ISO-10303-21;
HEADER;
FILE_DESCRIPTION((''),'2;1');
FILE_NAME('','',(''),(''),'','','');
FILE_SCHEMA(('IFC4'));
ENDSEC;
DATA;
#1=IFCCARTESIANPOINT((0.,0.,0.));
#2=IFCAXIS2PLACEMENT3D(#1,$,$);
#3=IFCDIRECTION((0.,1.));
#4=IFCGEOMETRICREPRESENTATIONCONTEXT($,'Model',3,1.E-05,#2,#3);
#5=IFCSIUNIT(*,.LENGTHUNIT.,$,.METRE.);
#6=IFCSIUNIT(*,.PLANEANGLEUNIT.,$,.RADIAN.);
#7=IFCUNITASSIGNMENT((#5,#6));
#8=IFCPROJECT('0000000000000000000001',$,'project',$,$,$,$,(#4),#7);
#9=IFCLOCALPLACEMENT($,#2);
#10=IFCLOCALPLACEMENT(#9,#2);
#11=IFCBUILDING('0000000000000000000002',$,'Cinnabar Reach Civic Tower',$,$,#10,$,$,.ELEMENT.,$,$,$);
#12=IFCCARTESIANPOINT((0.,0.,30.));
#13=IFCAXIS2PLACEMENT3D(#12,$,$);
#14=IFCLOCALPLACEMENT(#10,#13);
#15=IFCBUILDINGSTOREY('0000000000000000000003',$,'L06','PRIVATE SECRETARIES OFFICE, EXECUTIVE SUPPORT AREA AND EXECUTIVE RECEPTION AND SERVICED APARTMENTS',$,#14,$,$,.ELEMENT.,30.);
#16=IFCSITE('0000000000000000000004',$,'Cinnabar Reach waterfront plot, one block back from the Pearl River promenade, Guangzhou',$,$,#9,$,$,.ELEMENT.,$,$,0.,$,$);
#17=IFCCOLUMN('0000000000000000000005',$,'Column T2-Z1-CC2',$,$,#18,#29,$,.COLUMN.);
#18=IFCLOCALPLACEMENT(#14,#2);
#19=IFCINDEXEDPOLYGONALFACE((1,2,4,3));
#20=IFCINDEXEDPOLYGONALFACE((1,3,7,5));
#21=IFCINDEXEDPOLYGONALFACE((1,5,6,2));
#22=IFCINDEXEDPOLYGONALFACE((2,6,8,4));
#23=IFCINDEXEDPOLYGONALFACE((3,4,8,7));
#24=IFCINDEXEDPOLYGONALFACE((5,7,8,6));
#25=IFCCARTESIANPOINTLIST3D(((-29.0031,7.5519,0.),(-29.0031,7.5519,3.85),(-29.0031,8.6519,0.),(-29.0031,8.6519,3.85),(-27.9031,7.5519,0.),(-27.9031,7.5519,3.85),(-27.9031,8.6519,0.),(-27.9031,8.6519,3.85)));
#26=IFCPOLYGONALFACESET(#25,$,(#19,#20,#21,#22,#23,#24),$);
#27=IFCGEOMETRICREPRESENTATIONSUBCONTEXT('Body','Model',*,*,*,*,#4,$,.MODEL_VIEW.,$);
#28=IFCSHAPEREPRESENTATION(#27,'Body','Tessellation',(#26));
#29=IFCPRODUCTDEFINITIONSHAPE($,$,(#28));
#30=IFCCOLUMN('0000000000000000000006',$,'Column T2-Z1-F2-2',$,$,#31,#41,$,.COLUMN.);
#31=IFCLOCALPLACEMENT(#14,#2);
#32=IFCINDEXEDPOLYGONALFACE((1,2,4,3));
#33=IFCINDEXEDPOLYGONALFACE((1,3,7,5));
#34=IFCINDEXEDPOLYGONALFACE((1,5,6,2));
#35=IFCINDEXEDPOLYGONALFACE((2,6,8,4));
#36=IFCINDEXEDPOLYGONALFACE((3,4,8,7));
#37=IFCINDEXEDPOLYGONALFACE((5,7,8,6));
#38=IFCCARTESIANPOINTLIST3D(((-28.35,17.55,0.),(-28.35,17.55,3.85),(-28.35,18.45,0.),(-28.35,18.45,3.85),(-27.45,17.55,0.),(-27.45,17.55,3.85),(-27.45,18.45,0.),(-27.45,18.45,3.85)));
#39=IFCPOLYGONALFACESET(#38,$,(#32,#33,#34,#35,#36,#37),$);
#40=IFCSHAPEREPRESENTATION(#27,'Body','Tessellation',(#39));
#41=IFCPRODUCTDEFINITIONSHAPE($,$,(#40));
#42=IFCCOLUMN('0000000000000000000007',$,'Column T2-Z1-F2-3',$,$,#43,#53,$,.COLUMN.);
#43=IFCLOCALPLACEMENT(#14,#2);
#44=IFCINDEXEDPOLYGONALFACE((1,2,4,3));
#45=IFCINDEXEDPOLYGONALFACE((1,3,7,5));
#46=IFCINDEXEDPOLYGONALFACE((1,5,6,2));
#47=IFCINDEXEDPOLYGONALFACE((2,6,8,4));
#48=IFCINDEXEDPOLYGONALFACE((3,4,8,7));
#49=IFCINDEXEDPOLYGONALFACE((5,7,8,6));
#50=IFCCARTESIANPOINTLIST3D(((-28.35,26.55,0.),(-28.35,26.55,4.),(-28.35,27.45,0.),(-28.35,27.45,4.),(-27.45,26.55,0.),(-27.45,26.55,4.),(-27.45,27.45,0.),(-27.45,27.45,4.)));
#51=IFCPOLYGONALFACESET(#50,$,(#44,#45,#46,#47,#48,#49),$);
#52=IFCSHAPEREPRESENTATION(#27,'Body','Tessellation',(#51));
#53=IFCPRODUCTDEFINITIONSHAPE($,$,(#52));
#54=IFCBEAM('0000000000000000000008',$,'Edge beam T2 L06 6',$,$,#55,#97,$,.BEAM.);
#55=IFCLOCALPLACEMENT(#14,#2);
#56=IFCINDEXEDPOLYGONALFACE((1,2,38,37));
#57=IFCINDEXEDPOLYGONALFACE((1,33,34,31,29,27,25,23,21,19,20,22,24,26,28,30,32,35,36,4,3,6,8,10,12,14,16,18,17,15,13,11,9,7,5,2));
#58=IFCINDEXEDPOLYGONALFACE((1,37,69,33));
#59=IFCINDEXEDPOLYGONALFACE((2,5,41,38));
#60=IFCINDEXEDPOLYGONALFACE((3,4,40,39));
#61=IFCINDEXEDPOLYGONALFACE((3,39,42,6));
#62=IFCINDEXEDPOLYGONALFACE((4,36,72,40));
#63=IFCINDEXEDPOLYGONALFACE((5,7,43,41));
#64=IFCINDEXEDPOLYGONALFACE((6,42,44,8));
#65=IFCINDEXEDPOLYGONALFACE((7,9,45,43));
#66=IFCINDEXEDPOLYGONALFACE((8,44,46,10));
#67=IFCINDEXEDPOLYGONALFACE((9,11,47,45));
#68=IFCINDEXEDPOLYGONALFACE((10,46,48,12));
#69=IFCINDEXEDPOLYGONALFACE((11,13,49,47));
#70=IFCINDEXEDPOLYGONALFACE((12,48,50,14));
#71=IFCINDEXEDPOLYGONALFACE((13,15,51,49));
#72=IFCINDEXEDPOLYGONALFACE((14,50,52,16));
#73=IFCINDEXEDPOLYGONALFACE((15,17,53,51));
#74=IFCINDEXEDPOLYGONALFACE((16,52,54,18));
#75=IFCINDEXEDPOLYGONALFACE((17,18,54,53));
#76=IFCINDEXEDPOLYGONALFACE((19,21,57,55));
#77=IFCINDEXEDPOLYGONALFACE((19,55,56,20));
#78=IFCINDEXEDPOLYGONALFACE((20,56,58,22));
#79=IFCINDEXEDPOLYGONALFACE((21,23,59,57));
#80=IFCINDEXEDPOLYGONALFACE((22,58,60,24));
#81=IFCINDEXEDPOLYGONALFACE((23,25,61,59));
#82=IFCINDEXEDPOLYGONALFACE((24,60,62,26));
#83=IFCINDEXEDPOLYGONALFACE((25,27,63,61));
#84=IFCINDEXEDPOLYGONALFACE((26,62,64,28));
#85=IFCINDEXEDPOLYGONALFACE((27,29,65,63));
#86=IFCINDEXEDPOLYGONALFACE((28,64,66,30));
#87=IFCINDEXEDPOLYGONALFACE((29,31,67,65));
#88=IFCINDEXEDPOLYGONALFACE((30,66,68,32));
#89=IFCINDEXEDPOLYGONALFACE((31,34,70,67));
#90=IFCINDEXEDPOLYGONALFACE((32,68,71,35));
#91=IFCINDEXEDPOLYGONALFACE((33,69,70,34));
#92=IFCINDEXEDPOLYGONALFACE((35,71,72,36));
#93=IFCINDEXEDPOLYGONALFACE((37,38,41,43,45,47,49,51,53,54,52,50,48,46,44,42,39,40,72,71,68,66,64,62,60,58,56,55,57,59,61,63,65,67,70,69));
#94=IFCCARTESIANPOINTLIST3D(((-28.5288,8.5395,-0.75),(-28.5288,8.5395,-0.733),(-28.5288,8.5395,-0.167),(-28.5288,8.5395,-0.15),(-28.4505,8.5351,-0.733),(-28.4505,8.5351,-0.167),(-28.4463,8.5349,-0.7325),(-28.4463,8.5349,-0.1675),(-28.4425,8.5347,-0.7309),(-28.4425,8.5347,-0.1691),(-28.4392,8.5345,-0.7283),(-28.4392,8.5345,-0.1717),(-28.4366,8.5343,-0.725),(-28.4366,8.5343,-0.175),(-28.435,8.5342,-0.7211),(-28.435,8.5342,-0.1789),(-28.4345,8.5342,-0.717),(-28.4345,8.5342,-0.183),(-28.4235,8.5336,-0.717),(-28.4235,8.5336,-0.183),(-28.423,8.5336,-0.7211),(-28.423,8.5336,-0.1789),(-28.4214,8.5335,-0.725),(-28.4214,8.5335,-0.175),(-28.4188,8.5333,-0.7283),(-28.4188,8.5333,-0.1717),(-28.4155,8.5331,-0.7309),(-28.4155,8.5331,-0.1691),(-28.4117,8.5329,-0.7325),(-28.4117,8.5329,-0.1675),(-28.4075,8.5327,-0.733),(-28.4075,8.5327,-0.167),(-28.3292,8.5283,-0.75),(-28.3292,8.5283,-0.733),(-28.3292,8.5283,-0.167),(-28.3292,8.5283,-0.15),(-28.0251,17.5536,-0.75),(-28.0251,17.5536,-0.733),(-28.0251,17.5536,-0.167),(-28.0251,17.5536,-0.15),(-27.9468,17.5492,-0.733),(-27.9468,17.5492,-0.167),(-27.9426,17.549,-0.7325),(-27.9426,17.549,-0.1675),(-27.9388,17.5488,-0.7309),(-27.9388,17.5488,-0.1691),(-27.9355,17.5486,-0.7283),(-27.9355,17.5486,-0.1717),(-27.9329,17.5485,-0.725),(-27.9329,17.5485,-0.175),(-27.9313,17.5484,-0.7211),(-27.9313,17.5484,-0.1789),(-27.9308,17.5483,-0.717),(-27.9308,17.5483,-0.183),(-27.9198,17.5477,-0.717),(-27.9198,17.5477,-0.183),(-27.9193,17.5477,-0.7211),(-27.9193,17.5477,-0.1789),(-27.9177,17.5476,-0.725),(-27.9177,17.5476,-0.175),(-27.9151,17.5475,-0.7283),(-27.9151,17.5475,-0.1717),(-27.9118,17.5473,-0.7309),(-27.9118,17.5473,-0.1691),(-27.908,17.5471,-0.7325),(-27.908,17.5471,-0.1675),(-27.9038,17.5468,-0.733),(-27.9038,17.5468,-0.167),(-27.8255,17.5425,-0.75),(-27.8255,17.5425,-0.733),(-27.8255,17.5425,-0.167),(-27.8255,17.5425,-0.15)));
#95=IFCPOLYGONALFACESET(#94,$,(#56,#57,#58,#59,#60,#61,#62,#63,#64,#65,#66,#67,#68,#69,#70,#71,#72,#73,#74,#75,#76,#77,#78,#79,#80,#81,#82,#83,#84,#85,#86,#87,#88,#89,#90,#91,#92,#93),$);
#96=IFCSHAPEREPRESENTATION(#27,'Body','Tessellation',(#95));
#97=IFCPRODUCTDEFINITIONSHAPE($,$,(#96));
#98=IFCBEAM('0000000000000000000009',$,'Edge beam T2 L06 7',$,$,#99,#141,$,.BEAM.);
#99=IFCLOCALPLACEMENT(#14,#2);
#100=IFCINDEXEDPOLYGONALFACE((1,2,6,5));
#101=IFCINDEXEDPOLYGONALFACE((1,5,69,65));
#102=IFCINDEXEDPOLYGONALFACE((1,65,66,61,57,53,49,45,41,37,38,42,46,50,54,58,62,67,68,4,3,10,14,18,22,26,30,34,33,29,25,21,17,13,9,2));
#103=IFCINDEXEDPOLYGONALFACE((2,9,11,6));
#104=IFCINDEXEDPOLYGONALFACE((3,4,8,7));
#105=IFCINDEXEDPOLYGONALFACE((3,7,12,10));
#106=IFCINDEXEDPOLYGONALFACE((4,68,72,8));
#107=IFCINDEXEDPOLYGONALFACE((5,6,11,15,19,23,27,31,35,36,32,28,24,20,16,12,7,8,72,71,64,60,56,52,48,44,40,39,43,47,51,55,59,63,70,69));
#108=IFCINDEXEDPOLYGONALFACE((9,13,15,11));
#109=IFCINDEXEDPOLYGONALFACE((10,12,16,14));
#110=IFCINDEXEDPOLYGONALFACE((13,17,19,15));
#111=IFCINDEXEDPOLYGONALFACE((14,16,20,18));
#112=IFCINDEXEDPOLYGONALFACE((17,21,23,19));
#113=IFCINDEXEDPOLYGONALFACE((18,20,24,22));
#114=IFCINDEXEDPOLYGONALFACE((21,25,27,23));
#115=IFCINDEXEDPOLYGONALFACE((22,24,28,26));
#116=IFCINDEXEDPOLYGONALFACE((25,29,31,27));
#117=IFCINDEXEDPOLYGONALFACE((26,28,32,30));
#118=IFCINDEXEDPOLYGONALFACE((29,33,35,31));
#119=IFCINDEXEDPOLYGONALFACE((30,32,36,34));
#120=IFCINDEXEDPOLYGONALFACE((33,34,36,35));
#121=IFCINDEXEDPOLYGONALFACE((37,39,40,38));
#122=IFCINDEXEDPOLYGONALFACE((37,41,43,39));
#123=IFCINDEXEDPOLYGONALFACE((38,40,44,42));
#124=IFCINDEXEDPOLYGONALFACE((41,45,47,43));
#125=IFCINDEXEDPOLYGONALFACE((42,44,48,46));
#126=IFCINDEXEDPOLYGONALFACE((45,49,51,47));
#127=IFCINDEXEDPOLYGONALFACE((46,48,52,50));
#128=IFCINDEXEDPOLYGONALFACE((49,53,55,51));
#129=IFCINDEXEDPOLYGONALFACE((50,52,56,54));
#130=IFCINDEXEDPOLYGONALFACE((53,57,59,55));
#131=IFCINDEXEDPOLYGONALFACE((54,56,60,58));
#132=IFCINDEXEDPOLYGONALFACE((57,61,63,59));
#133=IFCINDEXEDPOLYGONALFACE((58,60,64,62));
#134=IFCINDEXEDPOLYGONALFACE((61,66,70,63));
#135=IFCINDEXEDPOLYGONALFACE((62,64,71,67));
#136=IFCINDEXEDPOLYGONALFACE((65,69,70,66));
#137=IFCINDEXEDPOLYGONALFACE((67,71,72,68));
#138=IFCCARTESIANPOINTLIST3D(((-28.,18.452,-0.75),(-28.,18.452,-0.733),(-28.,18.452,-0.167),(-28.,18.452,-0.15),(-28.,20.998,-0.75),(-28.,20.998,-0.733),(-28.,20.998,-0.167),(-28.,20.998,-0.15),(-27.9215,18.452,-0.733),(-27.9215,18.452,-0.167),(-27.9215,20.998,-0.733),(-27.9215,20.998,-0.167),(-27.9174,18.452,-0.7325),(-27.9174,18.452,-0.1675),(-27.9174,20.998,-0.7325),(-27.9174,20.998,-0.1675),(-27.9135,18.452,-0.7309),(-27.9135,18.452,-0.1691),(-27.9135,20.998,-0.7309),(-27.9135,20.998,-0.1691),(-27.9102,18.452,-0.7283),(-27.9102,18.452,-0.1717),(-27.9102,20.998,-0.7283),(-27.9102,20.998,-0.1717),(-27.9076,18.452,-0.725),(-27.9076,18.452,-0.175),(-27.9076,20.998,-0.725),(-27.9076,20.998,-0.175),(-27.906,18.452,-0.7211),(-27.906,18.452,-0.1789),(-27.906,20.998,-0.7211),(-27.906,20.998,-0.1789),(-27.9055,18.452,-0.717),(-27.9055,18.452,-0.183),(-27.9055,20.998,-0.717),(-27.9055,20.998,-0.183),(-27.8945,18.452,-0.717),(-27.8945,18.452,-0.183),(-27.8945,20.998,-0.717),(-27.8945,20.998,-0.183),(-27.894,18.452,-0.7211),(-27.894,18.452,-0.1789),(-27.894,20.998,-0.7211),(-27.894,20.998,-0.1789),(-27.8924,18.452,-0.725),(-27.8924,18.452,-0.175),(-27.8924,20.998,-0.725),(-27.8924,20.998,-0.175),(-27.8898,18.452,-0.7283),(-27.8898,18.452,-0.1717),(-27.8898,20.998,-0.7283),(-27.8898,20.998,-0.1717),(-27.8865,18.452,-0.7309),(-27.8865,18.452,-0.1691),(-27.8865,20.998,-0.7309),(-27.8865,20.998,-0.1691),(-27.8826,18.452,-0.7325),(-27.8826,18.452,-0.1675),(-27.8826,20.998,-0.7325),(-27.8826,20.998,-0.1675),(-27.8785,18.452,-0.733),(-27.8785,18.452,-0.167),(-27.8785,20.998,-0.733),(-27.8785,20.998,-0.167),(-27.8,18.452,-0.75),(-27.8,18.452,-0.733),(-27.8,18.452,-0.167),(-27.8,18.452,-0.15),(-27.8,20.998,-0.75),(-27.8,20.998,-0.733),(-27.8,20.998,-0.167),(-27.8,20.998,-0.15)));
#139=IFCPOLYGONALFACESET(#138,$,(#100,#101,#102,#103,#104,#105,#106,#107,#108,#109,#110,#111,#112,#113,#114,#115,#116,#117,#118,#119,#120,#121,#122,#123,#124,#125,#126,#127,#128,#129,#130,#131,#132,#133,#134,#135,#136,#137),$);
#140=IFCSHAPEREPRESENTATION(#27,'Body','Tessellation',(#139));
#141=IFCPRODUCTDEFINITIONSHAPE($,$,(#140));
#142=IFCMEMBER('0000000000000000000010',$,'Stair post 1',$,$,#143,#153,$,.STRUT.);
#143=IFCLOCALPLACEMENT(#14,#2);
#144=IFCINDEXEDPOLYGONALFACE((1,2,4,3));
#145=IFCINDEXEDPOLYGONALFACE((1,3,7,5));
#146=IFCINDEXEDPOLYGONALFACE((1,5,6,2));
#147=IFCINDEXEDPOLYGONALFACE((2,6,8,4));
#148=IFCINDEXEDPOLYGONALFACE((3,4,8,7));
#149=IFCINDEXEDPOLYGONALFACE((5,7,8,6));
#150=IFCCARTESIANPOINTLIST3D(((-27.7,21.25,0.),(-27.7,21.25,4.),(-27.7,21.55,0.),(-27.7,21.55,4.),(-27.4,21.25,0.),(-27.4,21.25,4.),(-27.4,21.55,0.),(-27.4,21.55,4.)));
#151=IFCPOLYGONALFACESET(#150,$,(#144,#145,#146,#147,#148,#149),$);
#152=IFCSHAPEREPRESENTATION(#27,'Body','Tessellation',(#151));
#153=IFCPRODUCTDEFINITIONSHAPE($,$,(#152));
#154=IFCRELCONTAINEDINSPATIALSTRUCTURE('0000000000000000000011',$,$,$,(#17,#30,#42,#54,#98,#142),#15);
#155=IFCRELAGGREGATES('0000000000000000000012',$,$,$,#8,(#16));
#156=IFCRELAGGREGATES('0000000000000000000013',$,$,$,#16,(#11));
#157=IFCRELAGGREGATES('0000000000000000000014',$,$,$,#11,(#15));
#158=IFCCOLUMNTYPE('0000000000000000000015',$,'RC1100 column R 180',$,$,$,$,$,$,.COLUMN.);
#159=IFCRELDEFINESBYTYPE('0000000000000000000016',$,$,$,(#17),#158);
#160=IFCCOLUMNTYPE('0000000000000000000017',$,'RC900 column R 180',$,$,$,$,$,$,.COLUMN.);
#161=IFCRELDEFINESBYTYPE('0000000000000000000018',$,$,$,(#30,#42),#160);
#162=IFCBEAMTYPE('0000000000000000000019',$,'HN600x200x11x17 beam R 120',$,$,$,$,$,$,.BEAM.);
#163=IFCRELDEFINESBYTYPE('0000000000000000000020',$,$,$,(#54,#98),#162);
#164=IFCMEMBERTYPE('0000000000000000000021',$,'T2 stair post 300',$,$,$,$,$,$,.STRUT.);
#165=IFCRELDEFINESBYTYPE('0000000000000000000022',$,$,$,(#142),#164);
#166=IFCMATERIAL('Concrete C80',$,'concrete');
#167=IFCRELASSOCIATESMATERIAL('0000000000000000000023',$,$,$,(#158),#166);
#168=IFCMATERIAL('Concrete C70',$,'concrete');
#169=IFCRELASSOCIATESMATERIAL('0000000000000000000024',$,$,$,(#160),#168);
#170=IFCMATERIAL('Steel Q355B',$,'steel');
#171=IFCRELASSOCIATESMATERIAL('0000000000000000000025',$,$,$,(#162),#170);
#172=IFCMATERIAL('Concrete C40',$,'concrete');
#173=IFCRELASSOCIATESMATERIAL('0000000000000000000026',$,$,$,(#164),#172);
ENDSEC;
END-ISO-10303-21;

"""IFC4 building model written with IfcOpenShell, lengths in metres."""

from ifc_helpers import new_model, si_unit, direction, frame, origin, origin_2d, place, context, subcontext, project, spatial, rectangle, i_section, extrude, material, material_profile, profile_set, type_object, element, save


model = new_model("IFC4")

# Units and contexts
model_context = context("Model", 3, precision=1e-05, world=origin(), true_north=direction((0.0, 1.0)))
body_context = subcontext(model_context, "Body", "Model", "MODEL_VIEW")
ifc_project = project(units=[si_unit("LENGTHUNIT", "METRE"), si_unit("PLANEANGLEUNIT", "RADIAN")], contexts=[model_context])

# Site, building, storey
site_placement = place(None, origin())
site = spatial("IfcSite", under=ifc_project, at=site_placement, Name="Cinnabar Reach waterfront plot, one block back from the Pearl River promenade, Guangzhou", CompositionType="ELEMENT", RefElevation=0.0)
building_placement = place(site_placement, origin())
building = spatial("IfcBuilding", under=site, at=building_placement, Name="Cinnabar Reach Civic Tower", CompositionType="ELEMENT")
storey_placement = place(building_placement, frame((0.0, 0.0, 30.0)))
storey = spatial("IfcBuildingStorey", under=building, at=storey_placement, Name="L06", Description="PRIVATE SECRETARIES OFFICE, EXECUTIVE SUPPORT AREA AND EXECUTIVE RECEPTION AND SERVICED APARTMENTS", CompositionType="ELEMENT", Elevation=30.0)

# Columns
ifc_material_1 = material(Name="Concrete C80", Category="concrete")
ifc_material_profile_1 = material_profile(ifc_material_1, rectangle(XDim=1.1, YDim=1.1, at=origin_2d()), Name="RC1100")
ifc_profile_set_1 = profile_set([ifc_material_profile_1], Name="Concrete C80")
column_type_1 = type_object("IfcColumnType", Name="RC1100 column R 180", PredefinedType="COLUMN", material=ifc_profile_set_1)
column_1_placement = place(storey_placement, frame((-28.4531, 8.1019, 0.0), z_axis=(0.0, 0.0, 1.0), x_axis=(1.0, 0.0, 0.0)))
element("IfcColumn", 1, at=column_1_placement, inside=storey, type_object=column_type_1, Name="Column T2-Z1-CC2", PredefinedType="COLUMN", context=body_context, shape_type="SweptSolid", body=[
    extrude(rectangle(XDim=1.1, YDim=1.1, at=origin_2d()), origin(), (0.0, 0.0, 1.0), 3.85),
])
ifc_material_2 = material(Name="Concrete C70", Category="concrete")
ifc_material_profile_2 = material_profile(ifc_material_2, rectangle(XDim=0.9, YDim=0.9, at=origin_2d()), Name="RC900")
ifc_profile_set_2 = profile_set([ifc_material_profile_2], Name="Concrete C70")
column_type_2 = type_object("IfcColumnType", Name="RC900 column R 180", PredefinedType="COLUMN", material=ifc_profile_set_2)
column_2_placement = place(storey_placement, frame((-27.9, 18.0, 0.0), z_axis=(0.0, 0.0, 1.0), x_axis=(1.0, 0.0, 0.0)))
element("IfcColumn", 2, at=column_2_placement, inside=storey, type_object=column_type_2, Name="Column T2-Z1-F2-2", PredefinedType="COLUMN", context=body_context, shape_type="SweptSolid", body=[
    extrude(rectangle(XDim=0.9, YDim=0.9, at=origin_2d()), origin(), (0.0, 0.0, 1.0), 3.85),
])
column_3_placement = place(storey_placement, frame((-27.9, 27.0, 0.0), z_axis=(0.0, 0.0, 1.0), x_axis=(1.0, 0.0, 0.0)))
element("IfcColumn", 3, at=column_3_placement, inside=storey, type_object=column_type_2, Name="Column T2-Z1-F2-3", PredefinedType="COLUMN", context=body_context, shape_type="SweptSolid", body=[
    extrude(rectangle(XDim=0.9, YDim=0.9, at=origin_2d()), origin(), (0.0, 0.0, 1.0), 4.0),
])

# Beams
ifc_material_3 = material(Name="Steel Q355B", Category="steel")
ifc_material_profile_3 = material_profile(ifc_material_3, i_section(OverallWidth=0.2, OverallDepth=0.6, WebThickness=0.011, FlangeThickness=0.017, FilletRadius=0.016, at=origin_2d()), Name="HN600x200x11x17")
ifc_profile_set_3 = profile_set([ifc_material_profile_3], Name="Steel Q355B")
beam_type = type_object("IfcBeamType", Name="HN600x200x11x17 beam R 120", PredefinedType="BEAM", material=ifc_profile_set_3)
beam_1_placement = place(storey_placement, frame((-28.429, 8.5339, -0.45), z_axis=(0.055792, 0.998442, 0.0), x_axis=(-0.998442, 0.055792, 0.0)))
element("IfcBeam", 4, at=beam_1_placement, inside=storey, type_object=beam_type, Name="Edge beam T2 L06 6", PredefinedType="BEAM", context=body_context, shape_type="SweptSolid", body=[
    extrude(i_section(OverallWidth=0.2, OverallDepth=0.6, WebThickness=0.011, FlangeThickness=0.017, FilletRadius=0.016, at=origin_2d()), origin(), (0.0, 0.0, 1.0), 9.0282),
])
beam_2_placement = place(storey_placement, frame((-27.9, 18.452, -0.45), z_axis=(0.0, 1.0, 0.0), x_axis=(-1.0, 0.0, 0.0)))
element("IfcBeam", 5, at=beam_2_placement, inside=storey, type_object=beam_type, Name="Edge beam T2 L06 7", PredefinedType="BEAM", context=body_context, shape_type="SweptSolid", body=[
    extrude(i_section(OverallWidth=0.2, OverallDepth=0.6, WebThickness=0.011, FlangeThickness=0.017, FilletRadius=0.016, at=origin_2d()), origin(), (0.0, 0.0, 1.0), 2.546),
])

# Member
ifc_material_4 = material(Name="Concrete C40", Category="concrete")
ifc_material_profile_4 = material_profile(ifc_material_4, rectangle(XDim=0.3, YDim=0.3, at=origin_2d()), Name="C300")
ifc_profile_set_4 = profile_set([ifc_material_profile_4], Name="Concrete C40")
member_type = type_object("IfcMemberType", Name="T2 stair post 300", PredefinedType="STRUT", material=ifc_profile_set_4)
member_placement = place(storey_placement, frame((-27.55, 21.4, 0.0), z_axis=(0.0, 0.0, 1.0), x_axis=(1.0, 0.0, 0.0)))
element("IfcMember", 6, at=member_placement, inside=storey, type_object=member_type, Name="Stair post 1", PredefinedType="STRUT", context=body_context, shape_type="SweptSolid", body=[
    extrude(rectangle(XDim=0.3, YDim=0.3, at=origin_2d()), origin(), (0.0, 0.0, 1.0), 4.0),
])

save(model, "model.ifc")
